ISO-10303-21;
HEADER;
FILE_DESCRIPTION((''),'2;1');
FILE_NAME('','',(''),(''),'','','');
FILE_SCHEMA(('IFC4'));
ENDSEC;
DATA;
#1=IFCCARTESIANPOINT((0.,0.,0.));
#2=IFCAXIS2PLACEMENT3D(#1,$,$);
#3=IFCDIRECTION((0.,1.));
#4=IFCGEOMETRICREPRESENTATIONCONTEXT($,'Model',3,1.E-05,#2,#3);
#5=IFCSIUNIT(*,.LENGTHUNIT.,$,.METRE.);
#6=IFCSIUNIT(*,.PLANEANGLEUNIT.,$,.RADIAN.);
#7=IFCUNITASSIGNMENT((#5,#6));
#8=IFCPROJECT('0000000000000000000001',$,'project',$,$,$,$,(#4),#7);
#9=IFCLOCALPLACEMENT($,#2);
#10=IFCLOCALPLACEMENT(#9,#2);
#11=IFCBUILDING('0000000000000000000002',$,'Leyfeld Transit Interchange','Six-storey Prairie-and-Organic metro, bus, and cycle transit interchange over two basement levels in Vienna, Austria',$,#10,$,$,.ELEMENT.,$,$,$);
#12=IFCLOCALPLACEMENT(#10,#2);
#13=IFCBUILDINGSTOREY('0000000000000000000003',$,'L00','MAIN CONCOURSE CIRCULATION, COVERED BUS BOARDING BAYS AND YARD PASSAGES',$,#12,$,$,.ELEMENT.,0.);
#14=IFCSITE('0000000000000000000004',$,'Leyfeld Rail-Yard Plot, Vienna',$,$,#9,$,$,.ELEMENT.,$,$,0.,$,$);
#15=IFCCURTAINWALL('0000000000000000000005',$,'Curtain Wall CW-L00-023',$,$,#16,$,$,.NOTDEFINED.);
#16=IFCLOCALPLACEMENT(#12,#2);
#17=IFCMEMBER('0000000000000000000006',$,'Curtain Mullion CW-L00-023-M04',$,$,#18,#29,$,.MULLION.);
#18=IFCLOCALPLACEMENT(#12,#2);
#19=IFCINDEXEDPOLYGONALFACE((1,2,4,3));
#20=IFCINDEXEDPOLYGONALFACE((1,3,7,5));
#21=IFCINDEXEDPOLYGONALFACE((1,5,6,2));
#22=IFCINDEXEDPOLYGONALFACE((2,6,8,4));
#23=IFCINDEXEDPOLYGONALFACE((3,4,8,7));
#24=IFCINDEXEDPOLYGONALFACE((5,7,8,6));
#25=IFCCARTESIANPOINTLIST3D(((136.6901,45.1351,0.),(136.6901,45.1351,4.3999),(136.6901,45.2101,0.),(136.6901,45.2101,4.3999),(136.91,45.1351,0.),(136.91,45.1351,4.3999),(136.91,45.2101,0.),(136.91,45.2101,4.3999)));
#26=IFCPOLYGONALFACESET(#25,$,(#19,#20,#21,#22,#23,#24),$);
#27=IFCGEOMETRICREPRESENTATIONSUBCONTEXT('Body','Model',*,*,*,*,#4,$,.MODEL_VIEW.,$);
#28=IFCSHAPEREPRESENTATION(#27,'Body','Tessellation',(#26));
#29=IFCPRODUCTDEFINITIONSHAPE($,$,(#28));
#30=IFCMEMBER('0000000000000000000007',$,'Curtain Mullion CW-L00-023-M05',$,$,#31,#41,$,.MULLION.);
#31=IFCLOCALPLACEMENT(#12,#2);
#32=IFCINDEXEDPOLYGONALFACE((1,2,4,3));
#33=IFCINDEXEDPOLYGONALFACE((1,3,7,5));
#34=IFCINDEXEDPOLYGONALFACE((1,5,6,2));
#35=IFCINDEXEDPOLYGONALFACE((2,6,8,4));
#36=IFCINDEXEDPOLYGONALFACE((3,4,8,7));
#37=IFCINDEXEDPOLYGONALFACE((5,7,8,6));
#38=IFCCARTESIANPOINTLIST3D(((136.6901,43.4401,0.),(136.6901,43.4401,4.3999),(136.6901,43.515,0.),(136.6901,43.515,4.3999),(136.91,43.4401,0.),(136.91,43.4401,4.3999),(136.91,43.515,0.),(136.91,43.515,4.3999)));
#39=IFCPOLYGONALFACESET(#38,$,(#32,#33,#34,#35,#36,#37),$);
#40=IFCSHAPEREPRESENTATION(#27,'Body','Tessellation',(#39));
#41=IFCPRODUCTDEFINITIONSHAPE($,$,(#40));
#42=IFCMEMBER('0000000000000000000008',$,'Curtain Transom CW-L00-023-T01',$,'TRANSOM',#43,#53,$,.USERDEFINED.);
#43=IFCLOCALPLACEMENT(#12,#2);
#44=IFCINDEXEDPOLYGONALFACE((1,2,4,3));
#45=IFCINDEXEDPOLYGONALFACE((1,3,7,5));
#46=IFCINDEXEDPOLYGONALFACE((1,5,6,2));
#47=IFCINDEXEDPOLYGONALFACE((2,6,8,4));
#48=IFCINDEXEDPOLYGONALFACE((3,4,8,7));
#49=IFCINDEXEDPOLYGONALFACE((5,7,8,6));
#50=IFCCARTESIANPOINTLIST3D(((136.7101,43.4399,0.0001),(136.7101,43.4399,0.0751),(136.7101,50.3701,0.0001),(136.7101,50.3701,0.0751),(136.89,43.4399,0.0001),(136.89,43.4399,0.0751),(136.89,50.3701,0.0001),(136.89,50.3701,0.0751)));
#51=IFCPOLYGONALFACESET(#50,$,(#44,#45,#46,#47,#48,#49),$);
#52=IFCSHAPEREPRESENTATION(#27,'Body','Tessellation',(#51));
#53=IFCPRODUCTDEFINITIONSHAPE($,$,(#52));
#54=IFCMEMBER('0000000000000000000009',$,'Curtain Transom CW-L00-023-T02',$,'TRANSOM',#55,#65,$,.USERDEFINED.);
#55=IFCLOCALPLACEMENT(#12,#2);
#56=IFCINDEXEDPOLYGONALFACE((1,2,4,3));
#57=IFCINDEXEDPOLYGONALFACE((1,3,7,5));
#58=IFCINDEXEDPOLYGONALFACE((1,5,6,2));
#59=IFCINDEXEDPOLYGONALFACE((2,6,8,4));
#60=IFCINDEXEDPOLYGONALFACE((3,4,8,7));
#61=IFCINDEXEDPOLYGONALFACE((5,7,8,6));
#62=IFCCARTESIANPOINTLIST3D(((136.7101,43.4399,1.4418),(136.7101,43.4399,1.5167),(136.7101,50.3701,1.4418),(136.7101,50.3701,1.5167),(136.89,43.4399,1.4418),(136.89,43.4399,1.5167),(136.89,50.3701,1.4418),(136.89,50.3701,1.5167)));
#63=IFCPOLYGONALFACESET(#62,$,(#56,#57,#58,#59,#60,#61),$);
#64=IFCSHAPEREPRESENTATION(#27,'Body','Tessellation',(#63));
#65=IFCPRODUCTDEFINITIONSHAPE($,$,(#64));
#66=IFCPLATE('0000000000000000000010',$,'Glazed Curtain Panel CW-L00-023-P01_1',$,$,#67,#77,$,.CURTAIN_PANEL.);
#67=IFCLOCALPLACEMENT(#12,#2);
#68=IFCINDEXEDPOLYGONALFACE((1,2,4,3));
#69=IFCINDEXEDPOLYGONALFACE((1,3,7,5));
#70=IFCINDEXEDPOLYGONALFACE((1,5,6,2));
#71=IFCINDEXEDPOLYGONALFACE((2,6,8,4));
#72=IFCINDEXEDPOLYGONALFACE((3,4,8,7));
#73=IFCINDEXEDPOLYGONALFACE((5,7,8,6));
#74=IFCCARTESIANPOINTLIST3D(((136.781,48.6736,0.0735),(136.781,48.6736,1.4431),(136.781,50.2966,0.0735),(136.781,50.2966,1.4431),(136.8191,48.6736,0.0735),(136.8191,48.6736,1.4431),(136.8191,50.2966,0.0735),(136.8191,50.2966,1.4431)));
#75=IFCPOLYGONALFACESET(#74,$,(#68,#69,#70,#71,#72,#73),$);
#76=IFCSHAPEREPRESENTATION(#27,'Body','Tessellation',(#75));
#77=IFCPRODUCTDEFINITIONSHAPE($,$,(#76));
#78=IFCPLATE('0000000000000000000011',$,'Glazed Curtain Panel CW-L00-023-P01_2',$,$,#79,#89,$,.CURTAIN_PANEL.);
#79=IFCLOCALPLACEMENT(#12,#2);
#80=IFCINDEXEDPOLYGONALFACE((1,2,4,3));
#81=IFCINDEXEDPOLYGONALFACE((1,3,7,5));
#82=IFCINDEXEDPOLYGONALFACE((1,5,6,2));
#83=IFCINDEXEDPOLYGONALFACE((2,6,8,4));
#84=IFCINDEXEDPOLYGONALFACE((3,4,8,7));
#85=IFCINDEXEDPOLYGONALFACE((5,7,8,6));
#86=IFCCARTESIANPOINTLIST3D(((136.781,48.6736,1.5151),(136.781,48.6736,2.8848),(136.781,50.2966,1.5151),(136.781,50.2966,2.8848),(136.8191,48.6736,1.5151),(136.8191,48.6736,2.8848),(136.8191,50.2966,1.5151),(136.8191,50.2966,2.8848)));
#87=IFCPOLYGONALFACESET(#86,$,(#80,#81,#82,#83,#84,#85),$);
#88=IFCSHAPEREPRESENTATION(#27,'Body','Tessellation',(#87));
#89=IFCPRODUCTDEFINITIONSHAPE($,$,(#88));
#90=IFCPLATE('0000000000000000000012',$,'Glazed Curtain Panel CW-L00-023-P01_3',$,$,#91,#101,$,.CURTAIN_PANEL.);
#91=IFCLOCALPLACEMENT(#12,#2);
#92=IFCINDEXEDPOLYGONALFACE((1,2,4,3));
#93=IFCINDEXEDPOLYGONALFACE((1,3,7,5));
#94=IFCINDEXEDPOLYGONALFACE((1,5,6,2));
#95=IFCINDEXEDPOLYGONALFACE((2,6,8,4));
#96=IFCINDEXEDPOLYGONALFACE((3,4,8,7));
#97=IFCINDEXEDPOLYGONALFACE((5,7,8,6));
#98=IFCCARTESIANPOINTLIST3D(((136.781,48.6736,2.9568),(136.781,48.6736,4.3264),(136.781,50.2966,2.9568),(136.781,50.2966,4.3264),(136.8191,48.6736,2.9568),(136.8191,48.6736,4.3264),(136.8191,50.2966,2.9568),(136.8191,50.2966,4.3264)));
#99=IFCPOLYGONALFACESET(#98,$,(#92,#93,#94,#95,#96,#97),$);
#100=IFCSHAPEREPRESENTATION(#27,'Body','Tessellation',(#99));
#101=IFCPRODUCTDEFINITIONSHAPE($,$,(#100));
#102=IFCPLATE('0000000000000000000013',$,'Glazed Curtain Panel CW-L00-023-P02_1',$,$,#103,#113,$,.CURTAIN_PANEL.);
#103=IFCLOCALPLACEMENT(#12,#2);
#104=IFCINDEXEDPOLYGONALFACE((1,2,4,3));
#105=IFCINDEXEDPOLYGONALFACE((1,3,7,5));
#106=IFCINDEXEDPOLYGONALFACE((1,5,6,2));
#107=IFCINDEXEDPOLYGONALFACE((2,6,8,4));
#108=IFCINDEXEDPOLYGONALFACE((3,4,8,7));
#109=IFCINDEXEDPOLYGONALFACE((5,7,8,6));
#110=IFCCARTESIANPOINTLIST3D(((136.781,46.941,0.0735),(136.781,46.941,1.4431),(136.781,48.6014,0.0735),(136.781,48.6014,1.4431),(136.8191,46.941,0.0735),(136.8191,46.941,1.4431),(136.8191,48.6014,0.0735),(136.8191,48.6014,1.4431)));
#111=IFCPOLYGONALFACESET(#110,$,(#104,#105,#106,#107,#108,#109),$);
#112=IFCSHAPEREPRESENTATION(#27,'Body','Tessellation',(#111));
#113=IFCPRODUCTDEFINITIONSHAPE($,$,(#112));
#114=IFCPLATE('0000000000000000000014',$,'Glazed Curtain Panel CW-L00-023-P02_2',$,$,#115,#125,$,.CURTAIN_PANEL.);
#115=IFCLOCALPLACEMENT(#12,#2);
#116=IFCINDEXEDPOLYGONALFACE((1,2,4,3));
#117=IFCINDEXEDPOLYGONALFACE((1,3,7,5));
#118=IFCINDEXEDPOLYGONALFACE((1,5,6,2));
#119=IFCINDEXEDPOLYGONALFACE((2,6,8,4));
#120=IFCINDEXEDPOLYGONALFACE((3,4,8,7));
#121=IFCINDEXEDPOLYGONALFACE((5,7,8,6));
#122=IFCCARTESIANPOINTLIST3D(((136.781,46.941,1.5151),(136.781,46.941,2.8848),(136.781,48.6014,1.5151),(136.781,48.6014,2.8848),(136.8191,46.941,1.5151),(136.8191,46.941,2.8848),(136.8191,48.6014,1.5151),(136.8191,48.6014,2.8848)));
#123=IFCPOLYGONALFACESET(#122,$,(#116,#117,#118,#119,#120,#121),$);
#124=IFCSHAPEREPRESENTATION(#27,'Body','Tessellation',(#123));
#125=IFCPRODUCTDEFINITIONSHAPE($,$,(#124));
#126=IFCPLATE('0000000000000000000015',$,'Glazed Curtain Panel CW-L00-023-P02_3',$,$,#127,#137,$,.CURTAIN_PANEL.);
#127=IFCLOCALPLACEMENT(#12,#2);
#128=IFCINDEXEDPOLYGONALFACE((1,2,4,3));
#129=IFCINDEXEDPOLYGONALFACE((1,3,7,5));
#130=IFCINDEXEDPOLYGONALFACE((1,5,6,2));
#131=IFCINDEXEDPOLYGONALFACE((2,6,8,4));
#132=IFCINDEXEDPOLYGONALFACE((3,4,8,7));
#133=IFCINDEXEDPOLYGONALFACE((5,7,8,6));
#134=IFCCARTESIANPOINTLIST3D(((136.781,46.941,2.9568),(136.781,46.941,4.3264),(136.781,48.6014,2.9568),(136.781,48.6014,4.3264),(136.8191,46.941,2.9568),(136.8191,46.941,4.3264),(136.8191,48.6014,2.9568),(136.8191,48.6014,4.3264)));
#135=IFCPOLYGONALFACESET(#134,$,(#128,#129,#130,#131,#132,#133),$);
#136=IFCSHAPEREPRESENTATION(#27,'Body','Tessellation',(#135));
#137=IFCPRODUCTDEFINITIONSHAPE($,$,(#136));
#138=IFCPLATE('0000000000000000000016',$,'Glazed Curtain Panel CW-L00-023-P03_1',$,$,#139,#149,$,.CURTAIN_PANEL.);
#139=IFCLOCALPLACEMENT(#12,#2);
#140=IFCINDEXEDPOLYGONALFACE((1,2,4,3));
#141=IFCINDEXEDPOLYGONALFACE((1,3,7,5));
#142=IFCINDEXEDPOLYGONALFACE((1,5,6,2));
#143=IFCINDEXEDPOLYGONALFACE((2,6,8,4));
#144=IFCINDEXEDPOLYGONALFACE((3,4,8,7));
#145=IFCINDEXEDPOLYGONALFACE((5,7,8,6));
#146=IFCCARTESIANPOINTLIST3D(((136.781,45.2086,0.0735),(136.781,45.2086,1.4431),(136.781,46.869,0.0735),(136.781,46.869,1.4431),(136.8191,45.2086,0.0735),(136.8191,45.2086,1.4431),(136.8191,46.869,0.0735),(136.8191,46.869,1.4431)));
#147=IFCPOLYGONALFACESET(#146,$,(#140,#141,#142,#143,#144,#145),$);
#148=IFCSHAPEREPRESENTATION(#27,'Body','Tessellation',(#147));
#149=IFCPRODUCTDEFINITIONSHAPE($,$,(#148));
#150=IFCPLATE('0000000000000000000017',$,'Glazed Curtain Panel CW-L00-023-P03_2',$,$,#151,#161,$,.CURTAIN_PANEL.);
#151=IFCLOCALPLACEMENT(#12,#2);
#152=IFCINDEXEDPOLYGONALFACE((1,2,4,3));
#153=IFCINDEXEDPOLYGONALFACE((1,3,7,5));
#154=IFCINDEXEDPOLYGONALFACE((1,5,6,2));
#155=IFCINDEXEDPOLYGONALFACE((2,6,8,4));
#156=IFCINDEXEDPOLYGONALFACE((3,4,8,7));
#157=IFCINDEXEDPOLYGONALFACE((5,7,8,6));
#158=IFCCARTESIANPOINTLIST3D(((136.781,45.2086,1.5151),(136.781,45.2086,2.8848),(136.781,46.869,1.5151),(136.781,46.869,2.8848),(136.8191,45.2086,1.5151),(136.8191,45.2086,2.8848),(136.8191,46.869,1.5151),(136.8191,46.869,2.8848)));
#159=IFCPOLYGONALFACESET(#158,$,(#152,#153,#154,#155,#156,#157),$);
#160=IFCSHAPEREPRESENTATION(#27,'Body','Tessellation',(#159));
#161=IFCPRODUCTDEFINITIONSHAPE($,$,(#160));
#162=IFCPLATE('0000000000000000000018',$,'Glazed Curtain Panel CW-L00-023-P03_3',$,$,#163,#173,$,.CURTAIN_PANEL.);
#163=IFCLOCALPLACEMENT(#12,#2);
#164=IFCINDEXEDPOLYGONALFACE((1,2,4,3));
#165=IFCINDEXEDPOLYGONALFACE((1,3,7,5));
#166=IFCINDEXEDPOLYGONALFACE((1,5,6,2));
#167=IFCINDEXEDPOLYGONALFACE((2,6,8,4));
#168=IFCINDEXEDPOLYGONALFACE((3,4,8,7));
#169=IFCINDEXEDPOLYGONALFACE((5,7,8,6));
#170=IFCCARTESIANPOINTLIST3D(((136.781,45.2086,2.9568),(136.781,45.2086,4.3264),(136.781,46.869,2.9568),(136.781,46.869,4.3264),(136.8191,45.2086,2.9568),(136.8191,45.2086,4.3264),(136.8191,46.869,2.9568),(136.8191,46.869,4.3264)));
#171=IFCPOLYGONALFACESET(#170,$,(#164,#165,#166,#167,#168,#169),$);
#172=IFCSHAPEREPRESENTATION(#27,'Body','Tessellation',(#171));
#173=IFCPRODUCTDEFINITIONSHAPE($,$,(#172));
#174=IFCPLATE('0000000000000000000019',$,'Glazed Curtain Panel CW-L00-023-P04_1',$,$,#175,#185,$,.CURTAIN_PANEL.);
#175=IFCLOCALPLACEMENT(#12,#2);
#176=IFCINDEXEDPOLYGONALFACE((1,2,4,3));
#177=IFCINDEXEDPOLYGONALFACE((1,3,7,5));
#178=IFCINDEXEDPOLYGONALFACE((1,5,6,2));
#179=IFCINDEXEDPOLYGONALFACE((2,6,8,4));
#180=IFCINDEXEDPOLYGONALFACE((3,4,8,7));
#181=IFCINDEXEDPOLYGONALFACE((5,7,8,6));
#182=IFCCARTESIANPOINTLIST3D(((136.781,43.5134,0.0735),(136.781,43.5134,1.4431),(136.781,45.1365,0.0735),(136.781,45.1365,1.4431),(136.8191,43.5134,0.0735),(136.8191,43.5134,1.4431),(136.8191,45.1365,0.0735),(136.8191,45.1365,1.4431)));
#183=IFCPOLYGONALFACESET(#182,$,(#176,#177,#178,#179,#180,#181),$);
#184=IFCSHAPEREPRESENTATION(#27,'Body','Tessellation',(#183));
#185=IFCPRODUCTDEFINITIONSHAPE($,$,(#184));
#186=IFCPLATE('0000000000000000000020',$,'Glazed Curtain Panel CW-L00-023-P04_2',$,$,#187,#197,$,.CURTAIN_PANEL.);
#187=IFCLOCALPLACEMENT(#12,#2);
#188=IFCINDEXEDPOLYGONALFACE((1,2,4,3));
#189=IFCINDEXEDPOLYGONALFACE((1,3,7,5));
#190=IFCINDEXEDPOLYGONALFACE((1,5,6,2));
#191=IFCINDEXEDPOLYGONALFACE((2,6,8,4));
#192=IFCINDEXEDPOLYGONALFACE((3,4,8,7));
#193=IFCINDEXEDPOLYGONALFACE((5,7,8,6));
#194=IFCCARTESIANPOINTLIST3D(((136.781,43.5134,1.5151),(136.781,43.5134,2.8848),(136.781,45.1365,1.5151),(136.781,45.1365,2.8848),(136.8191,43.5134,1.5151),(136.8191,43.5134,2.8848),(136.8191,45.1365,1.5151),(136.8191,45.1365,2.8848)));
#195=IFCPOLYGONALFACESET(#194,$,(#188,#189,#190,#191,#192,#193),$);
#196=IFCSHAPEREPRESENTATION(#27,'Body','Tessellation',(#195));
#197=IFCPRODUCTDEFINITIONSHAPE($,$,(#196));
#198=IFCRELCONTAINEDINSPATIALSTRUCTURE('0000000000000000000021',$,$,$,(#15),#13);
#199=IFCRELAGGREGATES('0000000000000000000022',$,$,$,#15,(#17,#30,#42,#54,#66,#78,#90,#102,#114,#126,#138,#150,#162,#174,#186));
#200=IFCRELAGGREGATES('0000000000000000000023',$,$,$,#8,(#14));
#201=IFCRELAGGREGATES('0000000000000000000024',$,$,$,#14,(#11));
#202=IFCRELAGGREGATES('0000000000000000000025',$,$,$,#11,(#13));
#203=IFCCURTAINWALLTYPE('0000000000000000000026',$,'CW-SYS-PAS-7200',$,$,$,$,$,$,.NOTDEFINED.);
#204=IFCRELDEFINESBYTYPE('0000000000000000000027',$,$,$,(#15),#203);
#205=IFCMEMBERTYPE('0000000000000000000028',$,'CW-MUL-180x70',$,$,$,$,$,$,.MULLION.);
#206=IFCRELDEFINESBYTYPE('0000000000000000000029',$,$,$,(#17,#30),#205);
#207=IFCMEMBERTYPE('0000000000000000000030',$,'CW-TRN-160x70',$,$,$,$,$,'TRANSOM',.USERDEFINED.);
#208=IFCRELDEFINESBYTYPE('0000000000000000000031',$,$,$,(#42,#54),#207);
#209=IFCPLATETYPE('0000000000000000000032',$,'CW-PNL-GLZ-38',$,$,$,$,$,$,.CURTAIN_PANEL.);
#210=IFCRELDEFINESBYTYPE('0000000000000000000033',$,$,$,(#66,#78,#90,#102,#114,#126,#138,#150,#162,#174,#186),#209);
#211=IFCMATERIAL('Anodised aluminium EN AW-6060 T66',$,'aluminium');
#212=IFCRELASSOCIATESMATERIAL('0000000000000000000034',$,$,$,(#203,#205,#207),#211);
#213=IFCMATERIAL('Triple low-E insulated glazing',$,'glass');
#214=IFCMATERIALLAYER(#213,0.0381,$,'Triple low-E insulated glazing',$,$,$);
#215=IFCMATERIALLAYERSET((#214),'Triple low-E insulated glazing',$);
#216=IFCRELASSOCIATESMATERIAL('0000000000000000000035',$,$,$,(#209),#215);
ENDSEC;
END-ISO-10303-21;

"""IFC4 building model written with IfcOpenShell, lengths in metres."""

from ifc_helpers import new_model, si_unit, direction, frame, origin, origin_2d, place, context, subcontext, project, spatial, rectangle, extrude, material, layer, layer_set, material_profile, profile_set, type_object, element, aggregate, save


model = new_model("IFC4")

# Units and contexts
model_context = context("Model", 3, precision=1e-05, world=origin(), true_north=direction((0.0, 1.0)))
body_context = subcontext(model_context, "Body", "Model", "MODEL_VIEW")
ifc_project = project(units=[si_unit("LENGTHUNIT", "METRE"), si_unit("PLANEANGLEUNIT", "RADIAN")], contexts=[model_context])

# Site, building, storey
site_placement = place(None, origin())
site = spatial("IfcSite", under=ifc_project, at=site_placement, Name="Leyfeld Rail-Yard Plot, Vienna", CompositionType="ELEMENT", RefElevation=0.0)
building_placement = place(site_placement, origin())
building = spatial("IfcBuilding", under=site, at=building_placement, Name="Leyfeld Transit Interchange", Description="Six-storey Prairie-and-Organic metro, bus, and cycle transit interchange over two basement levels in Vienna, Austria", CompositionType="ELEMENT")
storey_placement = place(building_placement, origin())
storey = spatial("IfcBuildingStorey", under=building, at=storey_placement, Name="L00", Description="MAIN CONCOURSE CIRCULATION, COVERED BUS BOARDING BAYS AND YARD PASSAGES", CompositionType="ELEMENT", Elevation=0.0)

# Curtain wall, members, plates
ifc_material_1 = material(Name="Anodised aluminium EN AW-6060 T66", Category="aluminium")
curtain_wall_type = type_object("IfcCurtainWallType", Name="CW-SYS-PAS-7200", PredefinedType="NOTDEFINED", material=ifc_material_1)
curtain_wall_placement = place(storey_placement, origin())
curtain_wall = element("IfcCurtainWall", 1, at=curtain_wall_placement, inside=storey, type_object=curtain_wall_type, Name="Curtain Wall CW-L00-023", PredefinedType="NOTDEFINED")
ifc_material_profile_1 = material_profile(ifc_material_1, rectangle(XDim=0.075, YDim=0.22, at=origin_2d()), Name="CW-M 75x220")
ifc_profile_set_1 = profile_set([ifc_material_profile_1], Name="Anodised aluminium EN AW-6060 T66")
member_type_1 = type_object("IfcMemberType", Name="CW-MUL-180x70", PredefinedType="MULLION", material=ifc_profile_set_1)
member_1_placement = place(storey_placement, frame((136.8, 45.1726, 0.0), z_axis=(0.0, 0.0, 1.0), x_axis=(0.0, -1.0, 0.0)))
member_1 = element("IfcMember", 2, at=member_1_placement, type_object=member_type_1, Name="Curtain Mullion CW-L00-023-M04", PredefinedType="MULLION", context=body_context, shape_type="SweptSolid", body=[
    extrude(rectangle(XDim=0.075, YDim=0.22, at=origin_2d()), origin(), (0.0, 0.0, 1.0), 4.3999),
])
member_2_placement = place(storey_placement, frame((136.8, 43.4775, 0.0), z_axis=(0.0, 0.0, 1.0), x_axis=(0.0, -1.0, 0.0)))
member_2 = element("IfcMember", 3, at=member_2_placement, type_object=member_type_1, Name="Curtain Mullion CW-L00-023-M05", PredefinedType="MULLION", context=body_context, shape_type="SweptSolid", body=[
    extrude(rectangle(XDim=0.075, YDim=0.22, at=origin_2d()), origin(), (0.0, 0.0, 1.0), 4.3999),
])
ifc_material_profile_2 = material_profile(ifc_material_1, rectangle(XDim=0.1799, YDim=0.075, at=origin_2d()), Name="CW-TRN-160x70")
ifc_profile_set_2 = profile_set([ifc_material_profile_2], Name="Anodised aluminium EN AW-6060 T66")
member_type_2 = type_object("IfcMemberType", Name="CW-TRN-160x70", ElementType="TRANSOM", PredefinedType="USERDEFINED", material=ifc_profile_set_2)
member_3_placement = place(storey_placement, frame((136.8, 50.3701, 0.0376), z_axis=(0.0, -1.0, 0.0), x_axis=(1.0, 0.0, 0.0)))
member_3 = element("IfcMember", 4, at=member_3_placement, type_object=member_type_2, Name="Curtain Transom CW-L00-023-T01", ObjectType="TRANSOM", PredefinedType="USERDEFINED", context=body_context, shape_type="SweptSolid", body=[
    extrude(rectangle(XDim=0.1799, YDim=0.075, at=origin_2d()), origin(), (0.0, 0.0, 1.0), 6.9302),
])
member_4_placement = place(storey_placement, frame((136.8, 50.3701, 1.4792), z_axis=(0.0, -1.0, 0.0), x_axis=(1.0, 0.0, 0.0)))
member_4 = element("IfcMember", 5, at=member_4_placement, type_object=member_type_2, Name="Curtain Transom CW-L00-023-T02", ObjectType="TRANSOM", PredefinedType="USERDEFINED", context=body_context, shape_type="SweptSolid", body=[
    extrude(rectangle(XDim=0.1799, YDim=0.075, at=origin_2d()), origin(), (0.0, 0.0, 1.0), 6.9302),
])
ifc_material_2 = material(Name="Triple low-E insulated glazing", Category="glass")
ifc_layer_1 = layer(ifc_material_2, 0.0381, Name="Triple low-E insulated glazing")
ifc_layer_set_1 = layer_set([ifc_layer_1], Name="Triple low-E insulated glazing")
plate_type_1 = type_object("IfcPlateType", Name="CW-PNL-GLZ-38", PredefinedType="CURTAIN_PANEL", material=ifc_layer_set_1)
plate_1_placement = place(storey_placement, frame((136.8, 49.4851, 0.0735), z_axis=(0.0, 0.0, 1.0), x_axis=(0.0, -1.0, 0.0)))
plate_1 = element("IfcPlate", 6, at=plate_1_placement, type_object=plate_type_1, Name="Glazed Curtain Panel CW-L00-023-P01_1", PredefinedType="CURTAIN_PANEL", context=body_context, shape_type="SweptSolid", body=[
    extrude(rectangle(XDim=1.623, YDim=0.0381, at=origin_2d()), origin(), (0.0, 0.0, 1.0), 1.3696),
])
plate_2_placement = place(storey_placement, frame((136.8, 49.4851, 1.5151), z_axis=(0.0, 0.0, 1.0), x_axis=(0.0, -1.0, 0.0)))
plate_2 = element("IfcPlate", 7, at=plate_2_placement, type_object=plate_type_1, Name="Glazed Curtain Panel CW-L00-023-P01_2", PredefinedType="CURTAIN_PANEL", context=body_context, shape_type="SweptSolid", body=[
    extrude(rectangle(XDim=1.623, YDim=0.0381, at=origin_2d()), origin(), (0.0, 0.0, 1.0), 1.3696),
])
plate_3_placement = place(storey_placement, frame((136.8, 49.4851, 2.9568), z_axis=(0.0, 0.0, 1.0), x_axis=(0.0, -1.0, 0.0)))
plate_3 = element("IfcPlate", 8, at=plate_3_placement, type_object=plate_type_1, Name="Glazed Curtain Panel CW-L00-023-P01_3", PredefinedType="CURTAIN_PANEL", context=body_context, shape_type="SweptSolid", body=[
    extrude(rectangle(XDim=1.623, YDim=0.0381, at=origin_2d()), origin(), (0.0, 0.0, 1.0), 1.3696),
])
plate_4_placement = place(storey_placement, frame((136.8, 47.7712, 0.0735), z_axis=(0.0, 0.0, 1.0), x_axis=(0.0, -1.0, 0.0)))
plate_4 = element("IfcPlate", 9, at=plate_4_placement, type_object=plate_type_1, Name="Glazed Curtain Panel CW-L00-023-P02_1", PredefinedType="CURTAIN_PANEL", context=body_context, shape_type="SweptSolid", body=[
    extrude(rectangle(XDim=1.6604, YDim=0.0381, at=origin_2d()), origin(), (0.0, 0.0, 1.0), 1.3696),
])
plate_5_placement = place(storey_placement, frame((136.8, 47.7712, 1.5151), z_axis=(0.0, 0.0, 1.0), x_axis=(0.0, -1.0, 0.0)))
plate_5 = element("IfcPlate", 10, at=plate_5_placement, type_object=plate_type_1, Name="Glazed Curtain Panel CW-L00-023-P02_2", PredefinedType="CURTAIN_PANEL", context=body_context, shape_type="SweptSolid", body=[
    extrude(rectangle(XDim=1.6604, YDim=0.0381, at=origin_2d()), origin(), (0.0, 0.0, 1.0), 1.3696),
])
plate_6_placement = place(storey_placement, frame((136.8, 47.7712, 2.9568), z_axis=(0.0, 0.0, 1.0), x_axis=(0.0, -1.0, 0.0)))
plate_6 = element("IfcPlate", 11, at=plate_6_placement, type_object=plate_type_1, Name="Glazed Curtain Panel CW-L00-023-P02_3", PredefinedType="CURTAIN_PANEL", context=body_context, shape_type="SweptSolid", body=[
    extrude(rectangle(XDim=1.6604, YDim=0.0381, at=origin_2d()), origin(), (0.0, 0.0, 1.0), 1.3696),
])
plate_7_placement = place(storey_placement, frame((136.8, 46.0388, 0.0735), z_axis=(0.0, 0.0, 1.0), x_axis=(0.0, -1.0, 0.0)))
plate_7 = element("IfcPlate", 12, at=plate_7_placement, type_object=plate_type_1, Name="Glazed Curtain Panel CW-L00-023-P03_1", PredefinedType="CURTAIN_PANEL", context=body_context, shape_type="SweptSolid", body=[
    extrude(rectangle(XDim=1.6604, YDim=0.0381, at=origin_2d()), origin(), (0.0, 0.0, 1.0), 1.3696),
])
plate_8_placement = place(storey_placement, frame((136.8, 46.0388, 1.5151), z_axis=(0.0, 0.0, 1.0), x_axis=(0.0, -1.0, 0.0)))
plate_8 = element("IfcPlate", 13, at=plate_8_placement, type_object=plate_type_1, Name="Glazed Curtain Panel CW-L00-023-P03_2", PredefinedType="CURTAIN_PANEL", context=body_context, shape_type="SweptSolid", body=[
    extrude(rectangle(XDim=1.6604, YDim=0.0381, at=origin_2d()), origin(), (0.0, 0.0, 1.0), 1.3696),
])
plate_9_placement = place(storey_placement, frame((136.8, 46.0388, 2.9568), z_axis=(0.0, 0.0, 1.0), x_axis=(0.0, -1.0, 0.0)))
plate_9 = element("IfcPlate", 14, at=plate_9_placement, type_object=plate_type_1, Name="Glazed Curtain Panel CW-L00-023-P03_3", PredefinedType="CURTAIN_PANEL", context=body_context, shape_type="SweptSolid", body=[
    extrude(rectangle(XDim=1.6604, YDim=0.0381, at=origin_2d()), origin(), (0.0, 0.0, 1.0), 1.3696),
])
plate_10_placement = place(storey_placement, frame((136.8, 44.325, 0.0735), z_axis=(0.0, 0.0, 1.0), x_axis=(0.0, -1.0, 0.0)))
plate_10 = element("IfcPlate", 15, at=plate_10_placement, type_object=plate_type_1, Name="Glazed Curtain Panel CW-L00-023-P04_1", PredefinedType="CURTAIN_PANEL", context=body_context, shape_type="SweptSolid", body=[
    extrude(rectangle(XDim=1.623, YDim=0.0381, at=origin_2d()), origin(), (0.0, 0.0, 1.0), 1.3696),
])
plate_11_placement = place(storey_placement, frame((136.8, 44.325, 1.5151), z_axis=(0.0, 0.0, 1.0), x_axis=(0.0, -1.0, 0.0)))
plate_11 = element("IfcPlate", 16, at=plate_11_placement, type_object=plate_type_1, Name="Glazed Curtain Panel CW-L00-023-P04_2", PredefinedType="CURTAIN_PANEL", context=body_context, shape_type="SweptSolid", body=[
    extrude(rectangle(XDim=1.623, YDim=0.0381, at=origin_2d()), origin(), (0.0, 0.0, 1.0), 1.3696),
])
aggregate(curtain_wall, [member_1, member_2, member_3, member_4, plate_1, plate_2, plate_3, plate_4, plate_5, plate_6, plate_7, plate_8, plate_9, plate_10, plate_11])

save(model, "model.ifc")
